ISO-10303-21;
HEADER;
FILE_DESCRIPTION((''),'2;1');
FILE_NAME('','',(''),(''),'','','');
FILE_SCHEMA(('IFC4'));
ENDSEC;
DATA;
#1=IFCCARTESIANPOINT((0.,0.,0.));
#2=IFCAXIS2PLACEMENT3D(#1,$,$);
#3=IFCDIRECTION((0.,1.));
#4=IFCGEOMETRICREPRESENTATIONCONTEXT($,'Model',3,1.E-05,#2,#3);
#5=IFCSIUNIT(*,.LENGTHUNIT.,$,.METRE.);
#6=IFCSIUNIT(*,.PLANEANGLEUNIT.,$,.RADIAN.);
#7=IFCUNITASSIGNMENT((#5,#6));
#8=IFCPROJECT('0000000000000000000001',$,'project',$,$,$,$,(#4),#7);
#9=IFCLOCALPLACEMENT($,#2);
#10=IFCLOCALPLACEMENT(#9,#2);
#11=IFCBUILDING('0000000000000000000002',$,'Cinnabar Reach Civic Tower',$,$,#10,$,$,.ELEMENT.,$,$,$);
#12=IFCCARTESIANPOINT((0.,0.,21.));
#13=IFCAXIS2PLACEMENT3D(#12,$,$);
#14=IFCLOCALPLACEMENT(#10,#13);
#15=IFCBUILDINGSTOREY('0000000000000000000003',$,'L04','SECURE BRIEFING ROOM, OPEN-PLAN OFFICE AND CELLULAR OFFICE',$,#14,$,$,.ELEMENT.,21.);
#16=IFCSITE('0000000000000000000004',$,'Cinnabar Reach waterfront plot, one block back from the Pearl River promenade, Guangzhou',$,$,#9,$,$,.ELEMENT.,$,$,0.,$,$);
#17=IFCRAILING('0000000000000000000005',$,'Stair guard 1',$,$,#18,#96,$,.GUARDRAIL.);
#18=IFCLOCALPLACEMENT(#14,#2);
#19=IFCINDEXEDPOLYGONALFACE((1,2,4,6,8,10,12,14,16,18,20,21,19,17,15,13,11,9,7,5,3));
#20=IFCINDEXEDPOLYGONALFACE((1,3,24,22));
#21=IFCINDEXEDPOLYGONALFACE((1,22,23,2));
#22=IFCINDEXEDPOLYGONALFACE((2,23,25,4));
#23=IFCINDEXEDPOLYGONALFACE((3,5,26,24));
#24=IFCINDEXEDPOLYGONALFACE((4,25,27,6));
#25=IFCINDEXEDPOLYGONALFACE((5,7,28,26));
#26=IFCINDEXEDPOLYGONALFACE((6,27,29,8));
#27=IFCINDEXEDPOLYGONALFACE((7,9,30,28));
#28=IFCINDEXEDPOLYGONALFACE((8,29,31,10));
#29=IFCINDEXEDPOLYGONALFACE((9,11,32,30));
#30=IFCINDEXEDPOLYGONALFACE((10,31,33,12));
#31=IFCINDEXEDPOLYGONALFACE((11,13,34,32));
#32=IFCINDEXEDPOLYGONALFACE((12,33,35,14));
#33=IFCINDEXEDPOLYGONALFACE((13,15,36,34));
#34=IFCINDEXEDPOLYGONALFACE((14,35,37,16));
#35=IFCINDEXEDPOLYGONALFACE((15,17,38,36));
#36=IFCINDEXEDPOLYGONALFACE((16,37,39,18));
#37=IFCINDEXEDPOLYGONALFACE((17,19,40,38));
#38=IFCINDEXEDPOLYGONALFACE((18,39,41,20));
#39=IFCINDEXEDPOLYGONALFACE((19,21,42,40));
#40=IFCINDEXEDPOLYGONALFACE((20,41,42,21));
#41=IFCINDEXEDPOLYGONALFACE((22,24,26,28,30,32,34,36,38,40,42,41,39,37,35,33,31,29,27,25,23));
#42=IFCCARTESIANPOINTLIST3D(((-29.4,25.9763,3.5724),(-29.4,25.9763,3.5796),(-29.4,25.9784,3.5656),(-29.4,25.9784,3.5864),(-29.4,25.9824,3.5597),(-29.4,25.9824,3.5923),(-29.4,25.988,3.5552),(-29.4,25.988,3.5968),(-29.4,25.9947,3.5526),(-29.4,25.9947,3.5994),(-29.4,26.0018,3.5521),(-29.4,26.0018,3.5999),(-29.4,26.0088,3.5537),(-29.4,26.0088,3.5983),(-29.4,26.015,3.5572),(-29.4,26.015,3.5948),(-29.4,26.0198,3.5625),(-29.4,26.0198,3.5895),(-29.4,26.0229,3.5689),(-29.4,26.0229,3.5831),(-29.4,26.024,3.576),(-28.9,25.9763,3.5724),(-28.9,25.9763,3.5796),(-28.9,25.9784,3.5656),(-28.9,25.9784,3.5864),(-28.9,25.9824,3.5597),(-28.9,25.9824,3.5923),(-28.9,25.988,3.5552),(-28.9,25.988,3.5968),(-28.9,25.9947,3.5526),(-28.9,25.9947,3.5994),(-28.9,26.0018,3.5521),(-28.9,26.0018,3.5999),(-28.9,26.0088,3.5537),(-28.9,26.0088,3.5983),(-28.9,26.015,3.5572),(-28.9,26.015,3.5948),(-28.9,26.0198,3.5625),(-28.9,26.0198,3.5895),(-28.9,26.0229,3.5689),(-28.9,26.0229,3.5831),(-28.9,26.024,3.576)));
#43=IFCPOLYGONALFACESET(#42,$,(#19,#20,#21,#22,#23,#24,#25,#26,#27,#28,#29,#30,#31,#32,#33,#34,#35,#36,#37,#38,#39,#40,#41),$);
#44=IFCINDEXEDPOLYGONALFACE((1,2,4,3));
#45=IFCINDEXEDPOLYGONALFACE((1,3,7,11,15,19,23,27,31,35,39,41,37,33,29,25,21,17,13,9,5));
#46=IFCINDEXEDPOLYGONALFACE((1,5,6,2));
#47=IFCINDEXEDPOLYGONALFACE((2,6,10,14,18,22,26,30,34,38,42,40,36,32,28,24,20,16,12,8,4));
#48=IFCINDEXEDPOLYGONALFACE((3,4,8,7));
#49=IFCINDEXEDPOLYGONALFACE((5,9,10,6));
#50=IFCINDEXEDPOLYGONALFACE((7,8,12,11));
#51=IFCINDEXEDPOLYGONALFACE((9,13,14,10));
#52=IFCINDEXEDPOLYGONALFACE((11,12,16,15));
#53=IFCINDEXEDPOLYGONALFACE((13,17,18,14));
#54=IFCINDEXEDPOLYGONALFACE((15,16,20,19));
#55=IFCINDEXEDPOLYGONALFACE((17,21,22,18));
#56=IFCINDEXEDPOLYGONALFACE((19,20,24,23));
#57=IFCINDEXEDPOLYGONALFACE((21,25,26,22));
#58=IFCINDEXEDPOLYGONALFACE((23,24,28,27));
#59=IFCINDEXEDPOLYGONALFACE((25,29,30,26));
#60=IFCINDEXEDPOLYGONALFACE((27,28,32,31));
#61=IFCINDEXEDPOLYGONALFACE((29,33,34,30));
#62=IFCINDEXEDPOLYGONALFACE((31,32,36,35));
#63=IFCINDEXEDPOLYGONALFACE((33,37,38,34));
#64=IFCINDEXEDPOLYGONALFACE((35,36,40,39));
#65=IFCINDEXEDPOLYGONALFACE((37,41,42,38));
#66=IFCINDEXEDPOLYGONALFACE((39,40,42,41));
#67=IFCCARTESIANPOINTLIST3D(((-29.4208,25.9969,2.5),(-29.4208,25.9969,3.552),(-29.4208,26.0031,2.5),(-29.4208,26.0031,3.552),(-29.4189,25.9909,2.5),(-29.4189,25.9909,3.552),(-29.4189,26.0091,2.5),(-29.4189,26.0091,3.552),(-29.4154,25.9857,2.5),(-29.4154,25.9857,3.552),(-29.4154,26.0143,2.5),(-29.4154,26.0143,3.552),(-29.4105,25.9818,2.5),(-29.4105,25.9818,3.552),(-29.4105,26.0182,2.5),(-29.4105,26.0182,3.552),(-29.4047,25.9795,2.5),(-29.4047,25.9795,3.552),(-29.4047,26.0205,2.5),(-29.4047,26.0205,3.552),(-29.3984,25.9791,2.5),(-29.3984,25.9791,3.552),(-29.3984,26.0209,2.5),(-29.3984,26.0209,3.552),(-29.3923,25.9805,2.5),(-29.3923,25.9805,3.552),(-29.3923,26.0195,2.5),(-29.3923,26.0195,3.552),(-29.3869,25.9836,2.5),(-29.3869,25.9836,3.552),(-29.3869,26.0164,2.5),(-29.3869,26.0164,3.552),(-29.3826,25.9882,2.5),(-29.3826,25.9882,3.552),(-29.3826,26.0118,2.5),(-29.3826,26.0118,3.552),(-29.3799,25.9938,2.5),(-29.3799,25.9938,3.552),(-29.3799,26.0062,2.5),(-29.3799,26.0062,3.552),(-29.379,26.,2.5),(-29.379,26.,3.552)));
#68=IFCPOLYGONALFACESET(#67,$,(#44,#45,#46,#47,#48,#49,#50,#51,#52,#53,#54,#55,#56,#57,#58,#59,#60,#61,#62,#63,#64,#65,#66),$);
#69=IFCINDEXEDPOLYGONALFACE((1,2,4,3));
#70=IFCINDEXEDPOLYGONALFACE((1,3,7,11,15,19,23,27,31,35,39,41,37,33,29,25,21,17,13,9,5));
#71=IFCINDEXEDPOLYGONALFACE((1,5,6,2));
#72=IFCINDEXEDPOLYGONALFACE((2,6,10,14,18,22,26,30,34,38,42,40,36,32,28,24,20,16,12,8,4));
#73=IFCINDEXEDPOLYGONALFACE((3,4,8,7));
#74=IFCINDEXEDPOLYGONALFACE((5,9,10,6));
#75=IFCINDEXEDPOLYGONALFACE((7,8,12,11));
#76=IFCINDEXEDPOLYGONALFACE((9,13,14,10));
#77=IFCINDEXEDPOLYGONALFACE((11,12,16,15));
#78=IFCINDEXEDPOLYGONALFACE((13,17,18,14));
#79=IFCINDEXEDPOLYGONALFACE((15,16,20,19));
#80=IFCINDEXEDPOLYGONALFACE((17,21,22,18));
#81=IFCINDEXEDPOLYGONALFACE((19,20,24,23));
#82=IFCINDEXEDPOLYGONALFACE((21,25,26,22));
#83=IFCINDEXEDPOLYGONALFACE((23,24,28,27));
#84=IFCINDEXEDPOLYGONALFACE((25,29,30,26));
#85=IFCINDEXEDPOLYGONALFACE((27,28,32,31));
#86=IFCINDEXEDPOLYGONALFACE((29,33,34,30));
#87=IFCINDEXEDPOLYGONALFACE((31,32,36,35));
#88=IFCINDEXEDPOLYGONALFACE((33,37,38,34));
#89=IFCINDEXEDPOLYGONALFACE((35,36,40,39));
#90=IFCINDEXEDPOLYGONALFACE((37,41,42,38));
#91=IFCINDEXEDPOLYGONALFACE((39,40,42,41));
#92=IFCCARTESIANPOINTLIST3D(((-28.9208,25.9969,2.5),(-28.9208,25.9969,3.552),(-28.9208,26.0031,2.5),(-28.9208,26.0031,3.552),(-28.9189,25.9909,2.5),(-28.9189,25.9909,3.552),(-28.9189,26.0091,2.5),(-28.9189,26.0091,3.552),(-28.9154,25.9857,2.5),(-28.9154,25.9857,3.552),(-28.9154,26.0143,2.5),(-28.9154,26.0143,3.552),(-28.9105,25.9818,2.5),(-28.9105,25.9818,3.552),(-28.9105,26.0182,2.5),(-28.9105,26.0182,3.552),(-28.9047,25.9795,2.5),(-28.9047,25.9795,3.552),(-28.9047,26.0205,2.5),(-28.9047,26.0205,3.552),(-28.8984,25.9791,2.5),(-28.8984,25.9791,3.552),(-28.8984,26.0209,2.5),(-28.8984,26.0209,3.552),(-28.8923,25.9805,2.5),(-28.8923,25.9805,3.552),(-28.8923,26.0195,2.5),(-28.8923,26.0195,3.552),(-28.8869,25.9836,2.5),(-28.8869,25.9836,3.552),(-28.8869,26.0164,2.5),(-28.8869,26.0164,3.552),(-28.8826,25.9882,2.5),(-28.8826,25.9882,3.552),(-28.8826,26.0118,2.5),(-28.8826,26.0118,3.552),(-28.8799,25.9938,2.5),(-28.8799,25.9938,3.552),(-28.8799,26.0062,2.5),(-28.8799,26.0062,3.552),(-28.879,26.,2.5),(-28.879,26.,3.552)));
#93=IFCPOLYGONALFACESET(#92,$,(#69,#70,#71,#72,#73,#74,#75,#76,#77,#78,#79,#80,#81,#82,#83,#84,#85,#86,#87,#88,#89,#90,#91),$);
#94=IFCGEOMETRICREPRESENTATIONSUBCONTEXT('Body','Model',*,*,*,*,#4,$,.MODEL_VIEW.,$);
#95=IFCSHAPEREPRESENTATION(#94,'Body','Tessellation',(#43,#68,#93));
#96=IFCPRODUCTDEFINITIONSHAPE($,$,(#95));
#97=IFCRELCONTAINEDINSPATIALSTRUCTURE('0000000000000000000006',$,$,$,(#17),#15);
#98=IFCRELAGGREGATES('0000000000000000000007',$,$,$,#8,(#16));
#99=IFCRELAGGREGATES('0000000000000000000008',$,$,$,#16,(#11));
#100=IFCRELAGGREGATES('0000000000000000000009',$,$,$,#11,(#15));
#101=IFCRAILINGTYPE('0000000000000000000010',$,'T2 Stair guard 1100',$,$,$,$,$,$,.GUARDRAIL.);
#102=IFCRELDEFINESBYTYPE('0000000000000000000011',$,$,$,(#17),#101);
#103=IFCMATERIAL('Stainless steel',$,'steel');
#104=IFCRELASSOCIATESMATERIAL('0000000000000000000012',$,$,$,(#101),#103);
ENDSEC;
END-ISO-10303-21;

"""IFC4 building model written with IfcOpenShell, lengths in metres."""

from ifc_helpers import new_model, si_unit, direction, frame, origin, origin_2d, place, context, subcontext, project, spatial, circle, extrude, material, type_object, element, save


model = new_model("IFC4")

# Units and contexts
model_context = context("Model", 3, precision=1e-05, world=origin(), true_north=direction((0.0, 1.0)))
body_context = subcontext(model_context, "Body", "Model", "MODEL_VIEW")
ifc_project = project(units=[si_unit("LENGTHUNIT", "METRE"), si_unit("PLANEANGLEUNIT", "RADIAN")], contexts=[model_context])

# Site, building, storey
site_placement = place(None, origin())
site = spatial("IfcSite", under=ifc_project, at=site_placement, Name="Cinnabar Reach waterfront plot, one block back from the Pearl River promenade, Guangzhou", CompositionType="ELEMENT", RefElevation=0.0)
building_placement = place(site_placement, origin())
building = spatial("IfcBuilding", under=site, at=building_placement, Name="Cinnabar Reach Civic Tower", CompositionType="ELEMENT")
storey_placement = place(building_placement, frame((0.0, 0.0, 21.0)))
storey = spatial("IfcBuildingStorey", under=building, at=storey_placement, Name="L04", Description="SECURE BRIEFING ROOM, OPEN-PLAN OFFICE AND CELLULAR OFFICE", CompositionType="ELEMENT", Elevation=21.0)

# Railing
ifc_material_1 = material(Name="Stainless steel", Category="steel")
railing_type = type_object("IfcRailingType", Name="T2 Stair guard 1100", PredefinedType="GUARDRAIL", material=ifc_material_1)
railing_1_placement = place(storey_placement, frame((-29.4, 26.0, 2.5)))
element("IfcRailing", 1, at=railing_1_placement, inside=storey, type_object=railing_type, Name="Stair guard 1", PredefinedType="GUARDRAIL", context=body_context, shape_type="SweptSolid", body=[
    extrude(circle(Radius=0.024, at=origin_2d()), frame((0.0, 0.0, 1.076), z_axis=(1.0, 0.0, 0.0), x_axis=(0.0, 1.0, 0.0)), (0.0, 0.0, 1.0), 0.5),
    extrude(circle(Radius=0.021, at=origin_2d()), origin(), (0.0, 0.0, 1.0), 1.052),
    extrude(circle(Radius=0.021, at=origin_2d()), frame((0.5, 0.0, 0.0)), (0.0, 0.0, 1.0), 1.052),
])

save(model, "model.ifc")
